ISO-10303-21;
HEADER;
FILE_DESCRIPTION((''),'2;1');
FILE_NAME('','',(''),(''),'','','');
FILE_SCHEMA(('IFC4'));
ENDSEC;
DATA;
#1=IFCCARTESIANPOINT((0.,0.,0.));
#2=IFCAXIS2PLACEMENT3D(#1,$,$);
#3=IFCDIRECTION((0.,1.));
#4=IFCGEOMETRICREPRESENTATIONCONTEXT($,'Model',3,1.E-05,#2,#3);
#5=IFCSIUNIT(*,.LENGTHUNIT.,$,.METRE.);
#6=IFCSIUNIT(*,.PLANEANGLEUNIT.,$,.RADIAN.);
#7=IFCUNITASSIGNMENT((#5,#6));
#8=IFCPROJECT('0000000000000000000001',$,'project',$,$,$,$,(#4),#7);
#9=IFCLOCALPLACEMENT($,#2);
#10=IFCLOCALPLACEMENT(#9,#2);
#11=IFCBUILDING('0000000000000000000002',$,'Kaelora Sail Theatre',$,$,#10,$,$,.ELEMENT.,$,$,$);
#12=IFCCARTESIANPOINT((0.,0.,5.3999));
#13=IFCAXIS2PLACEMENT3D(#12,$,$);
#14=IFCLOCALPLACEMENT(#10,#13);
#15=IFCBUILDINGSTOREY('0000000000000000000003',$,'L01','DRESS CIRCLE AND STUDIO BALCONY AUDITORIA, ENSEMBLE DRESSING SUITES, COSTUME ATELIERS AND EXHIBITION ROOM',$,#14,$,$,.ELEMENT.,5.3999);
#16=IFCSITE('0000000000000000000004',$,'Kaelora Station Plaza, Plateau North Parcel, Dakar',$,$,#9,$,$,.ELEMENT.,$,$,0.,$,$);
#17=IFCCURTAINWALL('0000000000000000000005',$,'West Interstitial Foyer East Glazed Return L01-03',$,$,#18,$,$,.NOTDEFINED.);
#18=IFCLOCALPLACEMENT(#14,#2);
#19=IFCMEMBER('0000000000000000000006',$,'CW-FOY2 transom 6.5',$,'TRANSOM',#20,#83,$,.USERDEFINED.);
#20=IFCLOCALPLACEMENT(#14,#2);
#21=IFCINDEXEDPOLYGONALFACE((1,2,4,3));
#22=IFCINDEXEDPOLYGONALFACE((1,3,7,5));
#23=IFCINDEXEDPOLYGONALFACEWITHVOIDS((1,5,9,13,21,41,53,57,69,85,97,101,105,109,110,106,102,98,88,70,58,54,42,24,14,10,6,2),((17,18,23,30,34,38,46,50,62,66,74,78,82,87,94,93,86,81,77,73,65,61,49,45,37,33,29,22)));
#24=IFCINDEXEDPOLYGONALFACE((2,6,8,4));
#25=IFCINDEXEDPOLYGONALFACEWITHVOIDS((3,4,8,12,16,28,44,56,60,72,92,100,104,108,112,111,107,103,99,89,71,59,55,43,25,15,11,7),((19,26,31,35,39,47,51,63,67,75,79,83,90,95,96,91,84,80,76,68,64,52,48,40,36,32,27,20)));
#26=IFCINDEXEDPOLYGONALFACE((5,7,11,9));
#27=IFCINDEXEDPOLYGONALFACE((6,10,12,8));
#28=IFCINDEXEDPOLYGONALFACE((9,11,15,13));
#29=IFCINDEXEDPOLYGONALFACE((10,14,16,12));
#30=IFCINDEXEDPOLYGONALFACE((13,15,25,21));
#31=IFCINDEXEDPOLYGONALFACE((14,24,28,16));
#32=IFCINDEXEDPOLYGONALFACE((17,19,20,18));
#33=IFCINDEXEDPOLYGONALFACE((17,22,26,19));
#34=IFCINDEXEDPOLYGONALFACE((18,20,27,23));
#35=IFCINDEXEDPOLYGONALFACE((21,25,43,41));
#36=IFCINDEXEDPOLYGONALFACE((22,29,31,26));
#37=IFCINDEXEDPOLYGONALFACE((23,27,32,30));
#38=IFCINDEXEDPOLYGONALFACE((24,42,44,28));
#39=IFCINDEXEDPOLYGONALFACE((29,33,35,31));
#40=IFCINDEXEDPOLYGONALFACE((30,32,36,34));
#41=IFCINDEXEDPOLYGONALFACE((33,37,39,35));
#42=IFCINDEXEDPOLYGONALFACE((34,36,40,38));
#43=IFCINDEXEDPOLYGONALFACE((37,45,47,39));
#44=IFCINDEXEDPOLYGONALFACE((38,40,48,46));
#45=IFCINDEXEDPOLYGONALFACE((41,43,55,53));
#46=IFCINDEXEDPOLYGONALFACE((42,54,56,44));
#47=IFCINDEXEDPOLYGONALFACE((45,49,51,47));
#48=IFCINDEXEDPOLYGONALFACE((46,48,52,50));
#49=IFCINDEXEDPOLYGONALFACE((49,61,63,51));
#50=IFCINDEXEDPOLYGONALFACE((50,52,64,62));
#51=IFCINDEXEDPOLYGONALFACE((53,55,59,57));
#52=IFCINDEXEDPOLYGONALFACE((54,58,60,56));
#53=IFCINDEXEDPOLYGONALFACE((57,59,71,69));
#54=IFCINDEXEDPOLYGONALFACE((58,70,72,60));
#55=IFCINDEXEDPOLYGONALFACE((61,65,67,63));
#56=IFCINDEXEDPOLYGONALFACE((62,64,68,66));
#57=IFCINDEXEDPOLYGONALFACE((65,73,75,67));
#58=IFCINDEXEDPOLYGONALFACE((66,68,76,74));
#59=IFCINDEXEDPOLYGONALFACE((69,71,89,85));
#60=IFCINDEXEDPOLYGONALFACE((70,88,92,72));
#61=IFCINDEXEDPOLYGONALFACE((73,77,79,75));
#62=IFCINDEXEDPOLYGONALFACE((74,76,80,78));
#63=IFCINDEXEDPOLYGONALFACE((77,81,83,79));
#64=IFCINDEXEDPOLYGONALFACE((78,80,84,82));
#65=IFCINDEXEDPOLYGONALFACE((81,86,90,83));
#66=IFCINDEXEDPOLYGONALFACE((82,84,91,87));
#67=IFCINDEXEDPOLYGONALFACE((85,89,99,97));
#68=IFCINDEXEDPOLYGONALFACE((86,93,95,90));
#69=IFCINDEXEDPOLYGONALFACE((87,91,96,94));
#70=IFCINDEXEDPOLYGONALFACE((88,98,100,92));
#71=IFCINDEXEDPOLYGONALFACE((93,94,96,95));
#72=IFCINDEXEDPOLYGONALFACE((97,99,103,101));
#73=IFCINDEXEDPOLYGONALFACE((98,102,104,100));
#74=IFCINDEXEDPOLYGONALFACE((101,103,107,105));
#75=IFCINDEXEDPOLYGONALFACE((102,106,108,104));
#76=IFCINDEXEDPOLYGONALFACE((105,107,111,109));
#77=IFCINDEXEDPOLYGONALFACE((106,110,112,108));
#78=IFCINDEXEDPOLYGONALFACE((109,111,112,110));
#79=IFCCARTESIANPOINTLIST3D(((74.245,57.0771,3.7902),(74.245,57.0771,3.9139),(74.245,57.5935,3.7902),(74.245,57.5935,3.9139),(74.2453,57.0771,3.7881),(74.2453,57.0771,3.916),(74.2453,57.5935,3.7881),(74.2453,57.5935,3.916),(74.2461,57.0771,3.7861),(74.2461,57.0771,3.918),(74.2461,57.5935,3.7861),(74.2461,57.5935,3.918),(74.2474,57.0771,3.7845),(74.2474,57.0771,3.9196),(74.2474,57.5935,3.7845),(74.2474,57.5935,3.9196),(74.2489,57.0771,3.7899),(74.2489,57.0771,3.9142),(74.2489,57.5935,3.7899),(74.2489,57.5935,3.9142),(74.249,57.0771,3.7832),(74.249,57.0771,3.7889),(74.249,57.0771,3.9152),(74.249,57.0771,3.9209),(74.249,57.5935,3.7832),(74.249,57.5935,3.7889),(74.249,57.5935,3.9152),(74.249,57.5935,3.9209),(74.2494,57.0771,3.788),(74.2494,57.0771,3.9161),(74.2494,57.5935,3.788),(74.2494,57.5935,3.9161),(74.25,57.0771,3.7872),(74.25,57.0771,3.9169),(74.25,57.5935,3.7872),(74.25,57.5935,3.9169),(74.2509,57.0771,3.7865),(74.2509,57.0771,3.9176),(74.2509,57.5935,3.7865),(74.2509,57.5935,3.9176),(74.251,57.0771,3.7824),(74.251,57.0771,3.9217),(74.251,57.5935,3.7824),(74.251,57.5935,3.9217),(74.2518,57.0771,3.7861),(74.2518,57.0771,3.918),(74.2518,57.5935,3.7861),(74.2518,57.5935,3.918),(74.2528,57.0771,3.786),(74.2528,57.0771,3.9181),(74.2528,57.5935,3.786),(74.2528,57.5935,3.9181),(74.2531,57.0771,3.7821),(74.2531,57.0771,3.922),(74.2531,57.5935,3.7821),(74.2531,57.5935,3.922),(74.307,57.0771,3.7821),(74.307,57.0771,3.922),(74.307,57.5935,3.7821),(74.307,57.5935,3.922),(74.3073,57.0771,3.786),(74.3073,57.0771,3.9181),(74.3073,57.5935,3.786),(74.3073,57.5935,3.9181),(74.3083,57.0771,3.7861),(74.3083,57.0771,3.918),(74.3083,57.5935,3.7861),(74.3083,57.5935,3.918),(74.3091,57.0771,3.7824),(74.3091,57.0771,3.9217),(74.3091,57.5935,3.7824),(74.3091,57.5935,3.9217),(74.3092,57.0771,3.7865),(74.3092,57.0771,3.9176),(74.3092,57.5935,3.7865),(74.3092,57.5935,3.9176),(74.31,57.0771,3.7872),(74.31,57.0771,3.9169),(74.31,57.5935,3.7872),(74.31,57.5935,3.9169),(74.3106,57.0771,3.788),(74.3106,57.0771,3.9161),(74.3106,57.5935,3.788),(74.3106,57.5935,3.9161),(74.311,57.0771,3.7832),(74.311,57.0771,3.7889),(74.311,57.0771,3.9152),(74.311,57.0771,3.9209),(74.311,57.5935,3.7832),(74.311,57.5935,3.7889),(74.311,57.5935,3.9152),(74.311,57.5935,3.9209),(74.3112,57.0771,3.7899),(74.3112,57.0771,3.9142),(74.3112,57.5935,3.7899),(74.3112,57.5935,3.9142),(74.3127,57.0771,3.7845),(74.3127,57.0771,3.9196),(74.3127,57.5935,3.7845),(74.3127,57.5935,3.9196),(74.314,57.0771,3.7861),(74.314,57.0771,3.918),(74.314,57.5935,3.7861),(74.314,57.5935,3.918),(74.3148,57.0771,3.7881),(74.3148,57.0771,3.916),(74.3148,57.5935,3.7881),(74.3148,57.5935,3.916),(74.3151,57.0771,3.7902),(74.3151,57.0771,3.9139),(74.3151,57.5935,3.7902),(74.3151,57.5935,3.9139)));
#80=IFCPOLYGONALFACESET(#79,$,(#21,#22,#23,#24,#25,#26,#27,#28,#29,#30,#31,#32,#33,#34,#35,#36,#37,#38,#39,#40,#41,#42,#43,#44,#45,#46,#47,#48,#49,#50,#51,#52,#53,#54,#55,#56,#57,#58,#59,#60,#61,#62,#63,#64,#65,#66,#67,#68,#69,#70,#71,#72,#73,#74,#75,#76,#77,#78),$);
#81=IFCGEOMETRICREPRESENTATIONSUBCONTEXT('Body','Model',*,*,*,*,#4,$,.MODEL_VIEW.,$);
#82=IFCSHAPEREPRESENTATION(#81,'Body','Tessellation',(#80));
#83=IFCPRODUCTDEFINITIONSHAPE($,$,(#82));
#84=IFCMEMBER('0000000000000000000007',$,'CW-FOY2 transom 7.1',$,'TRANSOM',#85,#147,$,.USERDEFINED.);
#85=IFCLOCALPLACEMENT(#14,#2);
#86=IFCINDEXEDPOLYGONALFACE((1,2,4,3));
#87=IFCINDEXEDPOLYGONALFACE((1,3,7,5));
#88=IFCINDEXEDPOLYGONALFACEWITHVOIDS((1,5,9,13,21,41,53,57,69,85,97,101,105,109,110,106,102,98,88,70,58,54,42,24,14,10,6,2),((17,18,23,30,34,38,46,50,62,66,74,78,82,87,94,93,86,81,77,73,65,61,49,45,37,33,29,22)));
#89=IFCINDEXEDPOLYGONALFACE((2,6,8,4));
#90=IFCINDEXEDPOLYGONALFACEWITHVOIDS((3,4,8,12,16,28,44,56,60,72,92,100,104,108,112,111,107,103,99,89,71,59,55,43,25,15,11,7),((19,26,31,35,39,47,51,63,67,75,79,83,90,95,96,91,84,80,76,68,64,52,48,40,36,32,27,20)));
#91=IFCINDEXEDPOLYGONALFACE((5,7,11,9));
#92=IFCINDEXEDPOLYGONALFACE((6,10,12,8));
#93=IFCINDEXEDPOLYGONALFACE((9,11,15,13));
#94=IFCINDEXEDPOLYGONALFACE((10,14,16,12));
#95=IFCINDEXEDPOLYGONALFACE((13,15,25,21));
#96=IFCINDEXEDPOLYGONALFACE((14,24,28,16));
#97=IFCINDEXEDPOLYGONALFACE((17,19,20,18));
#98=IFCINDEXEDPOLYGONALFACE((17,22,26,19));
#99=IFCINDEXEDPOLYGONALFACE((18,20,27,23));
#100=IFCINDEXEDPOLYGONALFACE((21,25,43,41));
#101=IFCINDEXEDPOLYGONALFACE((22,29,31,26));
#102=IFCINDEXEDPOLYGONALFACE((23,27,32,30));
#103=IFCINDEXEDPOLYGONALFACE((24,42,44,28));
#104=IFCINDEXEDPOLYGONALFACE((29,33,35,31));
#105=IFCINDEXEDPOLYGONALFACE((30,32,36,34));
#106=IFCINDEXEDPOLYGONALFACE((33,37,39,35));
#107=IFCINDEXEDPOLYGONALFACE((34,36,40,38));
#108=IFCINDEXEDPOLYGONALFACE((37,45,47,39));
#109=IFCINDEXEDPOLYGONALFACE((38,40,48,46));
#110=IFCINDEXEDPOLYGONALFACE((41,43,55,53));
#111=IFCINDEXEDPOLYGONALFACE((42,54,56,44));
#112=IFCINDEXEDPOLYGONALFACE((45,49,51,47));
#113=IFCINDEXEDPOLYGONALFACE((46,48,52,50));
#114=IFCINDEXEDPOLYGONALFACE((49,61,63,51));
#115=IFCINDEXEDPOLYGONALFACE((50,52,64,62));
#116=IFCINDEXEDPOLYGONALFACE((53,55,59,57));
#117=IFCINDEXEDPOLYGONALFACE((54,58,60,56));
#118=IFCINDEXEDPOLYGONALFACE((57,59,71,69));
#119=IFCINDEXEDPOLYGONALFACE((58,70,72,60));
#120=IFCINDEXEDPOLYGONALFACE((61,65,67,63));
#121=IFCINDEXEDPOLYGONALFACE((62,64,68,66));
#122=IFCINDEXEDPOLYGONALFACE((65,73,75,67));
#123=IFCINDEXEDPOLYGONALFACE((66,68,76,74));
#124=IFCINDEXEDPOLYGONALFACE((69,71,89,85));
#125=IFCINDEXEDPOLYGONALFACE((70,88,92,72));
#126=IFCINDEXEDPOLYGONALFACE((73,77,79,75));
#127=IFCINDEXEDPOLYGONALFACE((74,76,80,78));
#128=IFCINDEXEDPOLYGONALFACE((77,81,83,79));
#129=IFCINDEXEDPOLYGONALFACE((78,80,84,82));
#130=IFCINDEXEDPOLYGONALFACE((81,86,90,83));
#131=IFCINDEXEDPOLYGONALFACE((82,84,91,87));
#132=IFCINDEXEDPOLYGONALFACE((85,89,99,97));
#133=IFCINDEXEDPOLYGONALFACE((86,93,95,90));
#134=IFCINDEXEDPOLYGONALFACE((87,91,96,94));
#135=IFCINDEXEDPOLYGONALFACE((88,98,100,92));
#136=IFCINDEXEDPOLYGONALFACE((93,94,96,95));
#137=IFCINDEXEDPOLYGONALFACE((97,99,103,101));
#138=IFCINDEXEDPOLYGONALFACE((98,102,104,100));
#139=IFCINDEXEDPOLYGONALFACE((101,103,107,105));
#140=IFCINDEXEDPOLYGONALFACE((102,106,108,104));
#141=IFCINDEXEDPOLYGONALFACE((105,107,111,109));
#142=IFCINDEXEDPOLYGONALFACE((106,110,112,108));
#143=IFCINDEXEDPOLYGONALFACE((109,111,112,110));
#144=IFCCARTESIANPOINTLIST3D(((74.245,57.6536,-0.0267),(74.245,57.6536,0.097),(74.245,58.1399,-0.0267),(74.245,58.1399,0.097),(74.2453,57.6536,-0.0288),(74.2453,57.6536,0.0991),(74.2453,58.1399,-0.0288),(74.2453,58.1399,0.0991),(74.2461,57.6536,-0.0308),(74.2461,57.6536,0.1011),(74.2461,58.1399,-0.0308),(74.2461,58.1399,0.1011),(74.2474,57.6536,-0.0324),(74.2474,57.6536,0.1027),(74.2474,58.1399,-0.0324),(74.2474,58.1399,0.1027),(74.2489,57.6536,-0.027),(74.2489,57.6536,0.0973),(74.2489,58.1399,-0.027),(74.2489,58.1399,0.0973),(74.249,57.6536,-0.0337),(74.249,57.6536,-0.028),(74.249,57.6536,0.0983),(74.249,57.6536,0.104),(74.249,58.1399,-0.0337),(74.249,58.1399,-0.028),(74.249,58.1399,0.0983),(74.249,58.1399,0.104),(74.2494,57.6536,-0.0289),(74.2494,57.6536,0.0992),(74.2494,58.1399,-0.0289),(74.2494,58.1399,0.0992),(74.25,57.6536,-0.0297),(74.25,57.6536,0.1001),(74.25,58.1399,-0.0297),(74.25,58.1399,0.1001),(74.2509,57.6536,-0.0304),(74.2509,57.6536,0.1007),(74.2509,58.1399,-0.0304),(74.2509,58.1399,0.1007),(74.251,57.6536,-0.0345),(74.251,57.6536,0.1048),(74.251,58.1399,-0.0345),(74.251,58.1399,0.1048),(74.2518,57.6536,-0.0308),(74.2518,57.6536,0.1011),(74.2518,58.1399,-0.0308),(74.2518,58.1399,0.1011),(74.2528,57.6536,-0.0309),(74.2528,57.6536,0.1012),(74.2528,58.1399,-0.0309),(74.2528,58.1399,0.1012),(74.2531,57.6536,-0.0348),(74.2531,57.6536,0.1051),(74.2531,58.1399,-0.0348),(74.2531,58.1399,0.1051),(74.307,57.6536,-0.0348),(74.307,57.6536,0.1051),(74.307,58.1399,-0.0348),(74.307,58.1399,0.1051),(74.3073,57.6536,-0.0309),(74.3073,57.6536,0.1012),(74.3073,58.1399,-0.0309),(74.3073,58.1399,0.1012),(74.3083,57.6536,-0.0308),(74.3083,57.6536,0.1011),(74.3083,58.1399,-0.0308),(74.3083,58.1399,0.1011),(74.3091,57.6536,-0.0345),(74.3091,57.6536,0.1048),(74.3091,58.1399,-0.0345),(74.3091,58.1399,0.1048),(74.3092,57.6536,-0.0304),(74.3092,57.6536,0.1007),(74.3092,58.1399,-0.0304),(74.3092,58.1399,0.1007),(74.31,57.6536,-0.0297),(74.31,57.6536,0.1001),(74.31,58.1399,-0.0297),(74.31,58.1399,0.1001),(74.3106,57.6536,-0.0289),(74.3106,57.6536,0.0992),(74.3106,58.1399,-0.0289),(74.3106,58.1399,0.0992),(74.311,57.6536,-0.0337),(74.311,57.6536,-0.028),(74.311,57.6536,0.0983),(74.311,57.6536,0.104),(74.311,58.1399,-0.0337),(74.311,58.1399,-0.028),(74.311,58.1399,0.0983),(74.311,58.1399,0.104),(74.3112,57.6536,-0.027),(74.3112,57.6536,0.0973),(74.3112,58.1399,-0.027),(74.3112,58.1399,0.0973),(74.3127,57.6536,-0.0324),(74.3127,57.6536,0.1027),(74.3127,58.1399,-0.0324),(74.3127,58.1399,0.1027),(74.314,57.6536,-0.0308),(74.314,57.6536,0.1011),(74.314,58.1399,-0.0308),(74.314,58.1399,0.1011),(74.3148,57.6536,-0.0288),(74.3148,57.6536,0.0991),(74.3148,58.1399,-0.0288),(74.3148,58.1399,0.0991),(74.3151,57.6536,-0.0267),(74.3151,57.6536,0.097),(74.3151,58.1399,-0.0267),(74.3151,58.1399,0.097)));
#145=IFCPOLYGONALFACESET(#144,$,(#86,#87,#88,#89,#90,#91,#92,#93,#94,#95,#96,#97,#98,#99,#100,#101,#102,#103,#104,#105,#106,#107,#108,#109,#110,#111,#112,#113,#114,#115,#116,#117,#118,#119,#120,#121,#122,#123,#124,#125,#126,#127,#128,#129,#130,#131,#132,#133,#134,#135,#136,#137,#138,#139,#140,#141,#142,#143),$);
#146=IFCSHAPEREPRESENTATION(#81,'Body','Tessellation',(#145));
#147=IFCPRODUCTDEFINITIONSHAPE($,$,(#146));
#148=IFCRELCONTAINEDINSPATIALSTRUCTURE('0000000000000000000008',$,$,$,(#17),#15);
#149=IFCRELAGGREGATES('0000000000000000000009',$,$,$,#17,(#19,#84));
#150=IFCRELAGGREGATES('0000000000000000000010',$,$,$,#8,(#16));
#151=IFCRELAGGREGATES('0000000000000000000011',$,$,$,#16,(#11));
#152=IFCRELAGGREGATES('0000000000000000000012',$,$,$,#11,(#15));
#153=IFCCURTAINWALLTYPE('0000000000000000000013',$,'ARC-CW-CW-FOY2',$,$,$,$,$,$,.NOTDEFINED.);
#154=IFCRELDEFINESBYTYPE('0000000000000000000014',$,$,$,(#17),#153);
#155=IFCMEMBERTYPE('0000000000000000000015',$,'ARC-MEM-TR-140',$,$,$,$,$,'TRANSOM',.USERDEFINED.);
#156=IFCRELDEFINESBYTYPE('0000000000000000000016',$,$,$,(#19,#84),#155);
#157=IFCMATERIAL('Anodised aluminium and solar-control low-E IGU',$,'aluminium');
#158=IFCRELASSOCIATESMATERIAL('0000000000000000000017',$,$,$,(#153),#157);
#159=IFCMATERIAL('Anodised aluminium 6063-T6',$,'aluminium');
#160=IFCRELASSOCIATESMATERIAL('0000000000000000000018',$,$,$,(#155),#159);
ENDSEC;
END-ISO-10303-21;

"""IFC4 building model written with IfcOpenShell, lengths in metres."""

from ifc_helpers import new_model, si_unit, direction, frame, origin, origin_2d, place, context, subcontext, project, spatial, hollow_rectangle, extrude, material, material_profile, profile_set, type_object, element, aggregate, save


model = new_model("IFC4")

# Units and contexts
model_context = context("Model", 3, precision=1e-05, world=origin(), true_north=direction((0.0, 1.0)))
body_context = subcontext(model_context, "Body", "Model", "MODEL_VIEW")
ifc_project = project(units=[si_unit("LENGTHUNIT", "METRE"), si_unit("PLANEANGLEUNIT", "RADIAN")], contexts=[model_context])

# Site, building, storey
site_placement = place(None, origin())
site = spatial("IfcSite", under=ifc_project, at=site_placement, Name="Kaelora Station Plaza, Plateau North Parcel, Dakar", CompositionType="ELEMENT", RefElevation=0.0)
building_placement = place(site_placement, origin())
building = spatial("IfcBuilding", under=site, at=building_placement, Name="Kaelora Sail Theatre", CompositionType="ELEMENT")
storey_placement = place(building_placement, frame((0.0, 0.0, 5.3999)))
storey = spatial("IfcBuildingStorey", under=building, at=storey_placement, Name="L01", Description="DRESS CIRCLE AND STUDIO BALCONY AUDITORIA, ENSEMBLE DRESSING SUITES, COSTUME ATELIERS AND EXHIBITION ROOM", CompositionType="ELEMENT", Elevation=5.3999)

# Curtain wall
ifc_material_1 = material(Name="Anodised aluminium and solar-control low-E IGU", Category="aluminium")
curtain_wall_type = type_object("IfcCurtainWallType", Name="ARC-CW-CW-FOY2", PredefinedType="NOTDEFINED", material=ifc_material_1)
curtain_wall_1_placement = place(storey_placement, origin())
curtain_wall_1 = element("IfcCurtainWall", 1, at=curtain_wall_1_placement, inside=storey, type_object=curtain_wall_type, Name="West Interstitial Foyer East Glazed Return L01-03", PredefinedType="NOTDEFINED")

# Members
ifc_material_2 = material(Name="Anodised aluminium 6063-T6", Category="aluminium")
ifc_material_profile_1 = material_profile(ifc_material_2, hollow_rectangle(XDim=0.0701, YDim=0.1399, WallThickness=0.0039, InnerFilletRadius=0.0039, OuterFilletRadius=0.0081, at=origin_2d()), Name="ALU-TRAN 70x140x4")
ifc_profile_set_1 = profile_set([ifc_material_profile_1], Name="Anodised aluminium 6063-T6")
member_type_1 = type_object("IfcMemberType", Name="ARC-MEM-TR-140", ElementType="TRANSOM", PredefinedType="USERDEFINED", material=ifc_profile_set_1)
member_1_placement = place(storey_placement, frame((74.28, 57.0771, 3.8521), z_axis=(0.0, 1.0, 0.0), x_axis=(-1.0, 0.0, 0.0)))
member_1 = element("IfcMember", 2, at=member_1_placement, type_object=member_type_1, Name="CW-FOY2 transom 6.5", ObjectType="TRANSOM", PredefinedType="USERDEFINED", context=body_context, shape_type="SweptSolid", body=[
    extrude(hollow_rectangle(XDim=0.0701, YDim=0.1399, WallThickness=0.0039, InnerFilletRadius=0.0039, OuterFilletRadius=0.0081, at=origin_2d()), origin(), (0.0, 0.0, 1.0), 0.5164),
])
member_2_placement = place(storey_placement, frame((74.28, 57.6536, 0.0352), z_axis=(0.0, 1.0, 0.0), x_axis=(-1.0, 0.0, 0.0)))
member_2 = element("IfcMember", 3, at=member_2_placement, type_object=member_type_1, Name="CW-FOY2 transom 7.1", ObjectType="TRANSOM", PredefinedType="USERDEFINED", context=body_context, shape_type="SweptSolid", body=[
    extrude(hollow_rectangle(XDim=0.0701, YDim=0.1399, WallThickness=0.0039, InnerFilletRadius=0.0039, OuterFilletRadius=0.0081, at=origin_2d()), origin(), (0.0, 0.0, 1.0), 0.4863),
])

aggregate(curtain_wall_1, [member_1, member_2])

save(model, "model.ifc")
